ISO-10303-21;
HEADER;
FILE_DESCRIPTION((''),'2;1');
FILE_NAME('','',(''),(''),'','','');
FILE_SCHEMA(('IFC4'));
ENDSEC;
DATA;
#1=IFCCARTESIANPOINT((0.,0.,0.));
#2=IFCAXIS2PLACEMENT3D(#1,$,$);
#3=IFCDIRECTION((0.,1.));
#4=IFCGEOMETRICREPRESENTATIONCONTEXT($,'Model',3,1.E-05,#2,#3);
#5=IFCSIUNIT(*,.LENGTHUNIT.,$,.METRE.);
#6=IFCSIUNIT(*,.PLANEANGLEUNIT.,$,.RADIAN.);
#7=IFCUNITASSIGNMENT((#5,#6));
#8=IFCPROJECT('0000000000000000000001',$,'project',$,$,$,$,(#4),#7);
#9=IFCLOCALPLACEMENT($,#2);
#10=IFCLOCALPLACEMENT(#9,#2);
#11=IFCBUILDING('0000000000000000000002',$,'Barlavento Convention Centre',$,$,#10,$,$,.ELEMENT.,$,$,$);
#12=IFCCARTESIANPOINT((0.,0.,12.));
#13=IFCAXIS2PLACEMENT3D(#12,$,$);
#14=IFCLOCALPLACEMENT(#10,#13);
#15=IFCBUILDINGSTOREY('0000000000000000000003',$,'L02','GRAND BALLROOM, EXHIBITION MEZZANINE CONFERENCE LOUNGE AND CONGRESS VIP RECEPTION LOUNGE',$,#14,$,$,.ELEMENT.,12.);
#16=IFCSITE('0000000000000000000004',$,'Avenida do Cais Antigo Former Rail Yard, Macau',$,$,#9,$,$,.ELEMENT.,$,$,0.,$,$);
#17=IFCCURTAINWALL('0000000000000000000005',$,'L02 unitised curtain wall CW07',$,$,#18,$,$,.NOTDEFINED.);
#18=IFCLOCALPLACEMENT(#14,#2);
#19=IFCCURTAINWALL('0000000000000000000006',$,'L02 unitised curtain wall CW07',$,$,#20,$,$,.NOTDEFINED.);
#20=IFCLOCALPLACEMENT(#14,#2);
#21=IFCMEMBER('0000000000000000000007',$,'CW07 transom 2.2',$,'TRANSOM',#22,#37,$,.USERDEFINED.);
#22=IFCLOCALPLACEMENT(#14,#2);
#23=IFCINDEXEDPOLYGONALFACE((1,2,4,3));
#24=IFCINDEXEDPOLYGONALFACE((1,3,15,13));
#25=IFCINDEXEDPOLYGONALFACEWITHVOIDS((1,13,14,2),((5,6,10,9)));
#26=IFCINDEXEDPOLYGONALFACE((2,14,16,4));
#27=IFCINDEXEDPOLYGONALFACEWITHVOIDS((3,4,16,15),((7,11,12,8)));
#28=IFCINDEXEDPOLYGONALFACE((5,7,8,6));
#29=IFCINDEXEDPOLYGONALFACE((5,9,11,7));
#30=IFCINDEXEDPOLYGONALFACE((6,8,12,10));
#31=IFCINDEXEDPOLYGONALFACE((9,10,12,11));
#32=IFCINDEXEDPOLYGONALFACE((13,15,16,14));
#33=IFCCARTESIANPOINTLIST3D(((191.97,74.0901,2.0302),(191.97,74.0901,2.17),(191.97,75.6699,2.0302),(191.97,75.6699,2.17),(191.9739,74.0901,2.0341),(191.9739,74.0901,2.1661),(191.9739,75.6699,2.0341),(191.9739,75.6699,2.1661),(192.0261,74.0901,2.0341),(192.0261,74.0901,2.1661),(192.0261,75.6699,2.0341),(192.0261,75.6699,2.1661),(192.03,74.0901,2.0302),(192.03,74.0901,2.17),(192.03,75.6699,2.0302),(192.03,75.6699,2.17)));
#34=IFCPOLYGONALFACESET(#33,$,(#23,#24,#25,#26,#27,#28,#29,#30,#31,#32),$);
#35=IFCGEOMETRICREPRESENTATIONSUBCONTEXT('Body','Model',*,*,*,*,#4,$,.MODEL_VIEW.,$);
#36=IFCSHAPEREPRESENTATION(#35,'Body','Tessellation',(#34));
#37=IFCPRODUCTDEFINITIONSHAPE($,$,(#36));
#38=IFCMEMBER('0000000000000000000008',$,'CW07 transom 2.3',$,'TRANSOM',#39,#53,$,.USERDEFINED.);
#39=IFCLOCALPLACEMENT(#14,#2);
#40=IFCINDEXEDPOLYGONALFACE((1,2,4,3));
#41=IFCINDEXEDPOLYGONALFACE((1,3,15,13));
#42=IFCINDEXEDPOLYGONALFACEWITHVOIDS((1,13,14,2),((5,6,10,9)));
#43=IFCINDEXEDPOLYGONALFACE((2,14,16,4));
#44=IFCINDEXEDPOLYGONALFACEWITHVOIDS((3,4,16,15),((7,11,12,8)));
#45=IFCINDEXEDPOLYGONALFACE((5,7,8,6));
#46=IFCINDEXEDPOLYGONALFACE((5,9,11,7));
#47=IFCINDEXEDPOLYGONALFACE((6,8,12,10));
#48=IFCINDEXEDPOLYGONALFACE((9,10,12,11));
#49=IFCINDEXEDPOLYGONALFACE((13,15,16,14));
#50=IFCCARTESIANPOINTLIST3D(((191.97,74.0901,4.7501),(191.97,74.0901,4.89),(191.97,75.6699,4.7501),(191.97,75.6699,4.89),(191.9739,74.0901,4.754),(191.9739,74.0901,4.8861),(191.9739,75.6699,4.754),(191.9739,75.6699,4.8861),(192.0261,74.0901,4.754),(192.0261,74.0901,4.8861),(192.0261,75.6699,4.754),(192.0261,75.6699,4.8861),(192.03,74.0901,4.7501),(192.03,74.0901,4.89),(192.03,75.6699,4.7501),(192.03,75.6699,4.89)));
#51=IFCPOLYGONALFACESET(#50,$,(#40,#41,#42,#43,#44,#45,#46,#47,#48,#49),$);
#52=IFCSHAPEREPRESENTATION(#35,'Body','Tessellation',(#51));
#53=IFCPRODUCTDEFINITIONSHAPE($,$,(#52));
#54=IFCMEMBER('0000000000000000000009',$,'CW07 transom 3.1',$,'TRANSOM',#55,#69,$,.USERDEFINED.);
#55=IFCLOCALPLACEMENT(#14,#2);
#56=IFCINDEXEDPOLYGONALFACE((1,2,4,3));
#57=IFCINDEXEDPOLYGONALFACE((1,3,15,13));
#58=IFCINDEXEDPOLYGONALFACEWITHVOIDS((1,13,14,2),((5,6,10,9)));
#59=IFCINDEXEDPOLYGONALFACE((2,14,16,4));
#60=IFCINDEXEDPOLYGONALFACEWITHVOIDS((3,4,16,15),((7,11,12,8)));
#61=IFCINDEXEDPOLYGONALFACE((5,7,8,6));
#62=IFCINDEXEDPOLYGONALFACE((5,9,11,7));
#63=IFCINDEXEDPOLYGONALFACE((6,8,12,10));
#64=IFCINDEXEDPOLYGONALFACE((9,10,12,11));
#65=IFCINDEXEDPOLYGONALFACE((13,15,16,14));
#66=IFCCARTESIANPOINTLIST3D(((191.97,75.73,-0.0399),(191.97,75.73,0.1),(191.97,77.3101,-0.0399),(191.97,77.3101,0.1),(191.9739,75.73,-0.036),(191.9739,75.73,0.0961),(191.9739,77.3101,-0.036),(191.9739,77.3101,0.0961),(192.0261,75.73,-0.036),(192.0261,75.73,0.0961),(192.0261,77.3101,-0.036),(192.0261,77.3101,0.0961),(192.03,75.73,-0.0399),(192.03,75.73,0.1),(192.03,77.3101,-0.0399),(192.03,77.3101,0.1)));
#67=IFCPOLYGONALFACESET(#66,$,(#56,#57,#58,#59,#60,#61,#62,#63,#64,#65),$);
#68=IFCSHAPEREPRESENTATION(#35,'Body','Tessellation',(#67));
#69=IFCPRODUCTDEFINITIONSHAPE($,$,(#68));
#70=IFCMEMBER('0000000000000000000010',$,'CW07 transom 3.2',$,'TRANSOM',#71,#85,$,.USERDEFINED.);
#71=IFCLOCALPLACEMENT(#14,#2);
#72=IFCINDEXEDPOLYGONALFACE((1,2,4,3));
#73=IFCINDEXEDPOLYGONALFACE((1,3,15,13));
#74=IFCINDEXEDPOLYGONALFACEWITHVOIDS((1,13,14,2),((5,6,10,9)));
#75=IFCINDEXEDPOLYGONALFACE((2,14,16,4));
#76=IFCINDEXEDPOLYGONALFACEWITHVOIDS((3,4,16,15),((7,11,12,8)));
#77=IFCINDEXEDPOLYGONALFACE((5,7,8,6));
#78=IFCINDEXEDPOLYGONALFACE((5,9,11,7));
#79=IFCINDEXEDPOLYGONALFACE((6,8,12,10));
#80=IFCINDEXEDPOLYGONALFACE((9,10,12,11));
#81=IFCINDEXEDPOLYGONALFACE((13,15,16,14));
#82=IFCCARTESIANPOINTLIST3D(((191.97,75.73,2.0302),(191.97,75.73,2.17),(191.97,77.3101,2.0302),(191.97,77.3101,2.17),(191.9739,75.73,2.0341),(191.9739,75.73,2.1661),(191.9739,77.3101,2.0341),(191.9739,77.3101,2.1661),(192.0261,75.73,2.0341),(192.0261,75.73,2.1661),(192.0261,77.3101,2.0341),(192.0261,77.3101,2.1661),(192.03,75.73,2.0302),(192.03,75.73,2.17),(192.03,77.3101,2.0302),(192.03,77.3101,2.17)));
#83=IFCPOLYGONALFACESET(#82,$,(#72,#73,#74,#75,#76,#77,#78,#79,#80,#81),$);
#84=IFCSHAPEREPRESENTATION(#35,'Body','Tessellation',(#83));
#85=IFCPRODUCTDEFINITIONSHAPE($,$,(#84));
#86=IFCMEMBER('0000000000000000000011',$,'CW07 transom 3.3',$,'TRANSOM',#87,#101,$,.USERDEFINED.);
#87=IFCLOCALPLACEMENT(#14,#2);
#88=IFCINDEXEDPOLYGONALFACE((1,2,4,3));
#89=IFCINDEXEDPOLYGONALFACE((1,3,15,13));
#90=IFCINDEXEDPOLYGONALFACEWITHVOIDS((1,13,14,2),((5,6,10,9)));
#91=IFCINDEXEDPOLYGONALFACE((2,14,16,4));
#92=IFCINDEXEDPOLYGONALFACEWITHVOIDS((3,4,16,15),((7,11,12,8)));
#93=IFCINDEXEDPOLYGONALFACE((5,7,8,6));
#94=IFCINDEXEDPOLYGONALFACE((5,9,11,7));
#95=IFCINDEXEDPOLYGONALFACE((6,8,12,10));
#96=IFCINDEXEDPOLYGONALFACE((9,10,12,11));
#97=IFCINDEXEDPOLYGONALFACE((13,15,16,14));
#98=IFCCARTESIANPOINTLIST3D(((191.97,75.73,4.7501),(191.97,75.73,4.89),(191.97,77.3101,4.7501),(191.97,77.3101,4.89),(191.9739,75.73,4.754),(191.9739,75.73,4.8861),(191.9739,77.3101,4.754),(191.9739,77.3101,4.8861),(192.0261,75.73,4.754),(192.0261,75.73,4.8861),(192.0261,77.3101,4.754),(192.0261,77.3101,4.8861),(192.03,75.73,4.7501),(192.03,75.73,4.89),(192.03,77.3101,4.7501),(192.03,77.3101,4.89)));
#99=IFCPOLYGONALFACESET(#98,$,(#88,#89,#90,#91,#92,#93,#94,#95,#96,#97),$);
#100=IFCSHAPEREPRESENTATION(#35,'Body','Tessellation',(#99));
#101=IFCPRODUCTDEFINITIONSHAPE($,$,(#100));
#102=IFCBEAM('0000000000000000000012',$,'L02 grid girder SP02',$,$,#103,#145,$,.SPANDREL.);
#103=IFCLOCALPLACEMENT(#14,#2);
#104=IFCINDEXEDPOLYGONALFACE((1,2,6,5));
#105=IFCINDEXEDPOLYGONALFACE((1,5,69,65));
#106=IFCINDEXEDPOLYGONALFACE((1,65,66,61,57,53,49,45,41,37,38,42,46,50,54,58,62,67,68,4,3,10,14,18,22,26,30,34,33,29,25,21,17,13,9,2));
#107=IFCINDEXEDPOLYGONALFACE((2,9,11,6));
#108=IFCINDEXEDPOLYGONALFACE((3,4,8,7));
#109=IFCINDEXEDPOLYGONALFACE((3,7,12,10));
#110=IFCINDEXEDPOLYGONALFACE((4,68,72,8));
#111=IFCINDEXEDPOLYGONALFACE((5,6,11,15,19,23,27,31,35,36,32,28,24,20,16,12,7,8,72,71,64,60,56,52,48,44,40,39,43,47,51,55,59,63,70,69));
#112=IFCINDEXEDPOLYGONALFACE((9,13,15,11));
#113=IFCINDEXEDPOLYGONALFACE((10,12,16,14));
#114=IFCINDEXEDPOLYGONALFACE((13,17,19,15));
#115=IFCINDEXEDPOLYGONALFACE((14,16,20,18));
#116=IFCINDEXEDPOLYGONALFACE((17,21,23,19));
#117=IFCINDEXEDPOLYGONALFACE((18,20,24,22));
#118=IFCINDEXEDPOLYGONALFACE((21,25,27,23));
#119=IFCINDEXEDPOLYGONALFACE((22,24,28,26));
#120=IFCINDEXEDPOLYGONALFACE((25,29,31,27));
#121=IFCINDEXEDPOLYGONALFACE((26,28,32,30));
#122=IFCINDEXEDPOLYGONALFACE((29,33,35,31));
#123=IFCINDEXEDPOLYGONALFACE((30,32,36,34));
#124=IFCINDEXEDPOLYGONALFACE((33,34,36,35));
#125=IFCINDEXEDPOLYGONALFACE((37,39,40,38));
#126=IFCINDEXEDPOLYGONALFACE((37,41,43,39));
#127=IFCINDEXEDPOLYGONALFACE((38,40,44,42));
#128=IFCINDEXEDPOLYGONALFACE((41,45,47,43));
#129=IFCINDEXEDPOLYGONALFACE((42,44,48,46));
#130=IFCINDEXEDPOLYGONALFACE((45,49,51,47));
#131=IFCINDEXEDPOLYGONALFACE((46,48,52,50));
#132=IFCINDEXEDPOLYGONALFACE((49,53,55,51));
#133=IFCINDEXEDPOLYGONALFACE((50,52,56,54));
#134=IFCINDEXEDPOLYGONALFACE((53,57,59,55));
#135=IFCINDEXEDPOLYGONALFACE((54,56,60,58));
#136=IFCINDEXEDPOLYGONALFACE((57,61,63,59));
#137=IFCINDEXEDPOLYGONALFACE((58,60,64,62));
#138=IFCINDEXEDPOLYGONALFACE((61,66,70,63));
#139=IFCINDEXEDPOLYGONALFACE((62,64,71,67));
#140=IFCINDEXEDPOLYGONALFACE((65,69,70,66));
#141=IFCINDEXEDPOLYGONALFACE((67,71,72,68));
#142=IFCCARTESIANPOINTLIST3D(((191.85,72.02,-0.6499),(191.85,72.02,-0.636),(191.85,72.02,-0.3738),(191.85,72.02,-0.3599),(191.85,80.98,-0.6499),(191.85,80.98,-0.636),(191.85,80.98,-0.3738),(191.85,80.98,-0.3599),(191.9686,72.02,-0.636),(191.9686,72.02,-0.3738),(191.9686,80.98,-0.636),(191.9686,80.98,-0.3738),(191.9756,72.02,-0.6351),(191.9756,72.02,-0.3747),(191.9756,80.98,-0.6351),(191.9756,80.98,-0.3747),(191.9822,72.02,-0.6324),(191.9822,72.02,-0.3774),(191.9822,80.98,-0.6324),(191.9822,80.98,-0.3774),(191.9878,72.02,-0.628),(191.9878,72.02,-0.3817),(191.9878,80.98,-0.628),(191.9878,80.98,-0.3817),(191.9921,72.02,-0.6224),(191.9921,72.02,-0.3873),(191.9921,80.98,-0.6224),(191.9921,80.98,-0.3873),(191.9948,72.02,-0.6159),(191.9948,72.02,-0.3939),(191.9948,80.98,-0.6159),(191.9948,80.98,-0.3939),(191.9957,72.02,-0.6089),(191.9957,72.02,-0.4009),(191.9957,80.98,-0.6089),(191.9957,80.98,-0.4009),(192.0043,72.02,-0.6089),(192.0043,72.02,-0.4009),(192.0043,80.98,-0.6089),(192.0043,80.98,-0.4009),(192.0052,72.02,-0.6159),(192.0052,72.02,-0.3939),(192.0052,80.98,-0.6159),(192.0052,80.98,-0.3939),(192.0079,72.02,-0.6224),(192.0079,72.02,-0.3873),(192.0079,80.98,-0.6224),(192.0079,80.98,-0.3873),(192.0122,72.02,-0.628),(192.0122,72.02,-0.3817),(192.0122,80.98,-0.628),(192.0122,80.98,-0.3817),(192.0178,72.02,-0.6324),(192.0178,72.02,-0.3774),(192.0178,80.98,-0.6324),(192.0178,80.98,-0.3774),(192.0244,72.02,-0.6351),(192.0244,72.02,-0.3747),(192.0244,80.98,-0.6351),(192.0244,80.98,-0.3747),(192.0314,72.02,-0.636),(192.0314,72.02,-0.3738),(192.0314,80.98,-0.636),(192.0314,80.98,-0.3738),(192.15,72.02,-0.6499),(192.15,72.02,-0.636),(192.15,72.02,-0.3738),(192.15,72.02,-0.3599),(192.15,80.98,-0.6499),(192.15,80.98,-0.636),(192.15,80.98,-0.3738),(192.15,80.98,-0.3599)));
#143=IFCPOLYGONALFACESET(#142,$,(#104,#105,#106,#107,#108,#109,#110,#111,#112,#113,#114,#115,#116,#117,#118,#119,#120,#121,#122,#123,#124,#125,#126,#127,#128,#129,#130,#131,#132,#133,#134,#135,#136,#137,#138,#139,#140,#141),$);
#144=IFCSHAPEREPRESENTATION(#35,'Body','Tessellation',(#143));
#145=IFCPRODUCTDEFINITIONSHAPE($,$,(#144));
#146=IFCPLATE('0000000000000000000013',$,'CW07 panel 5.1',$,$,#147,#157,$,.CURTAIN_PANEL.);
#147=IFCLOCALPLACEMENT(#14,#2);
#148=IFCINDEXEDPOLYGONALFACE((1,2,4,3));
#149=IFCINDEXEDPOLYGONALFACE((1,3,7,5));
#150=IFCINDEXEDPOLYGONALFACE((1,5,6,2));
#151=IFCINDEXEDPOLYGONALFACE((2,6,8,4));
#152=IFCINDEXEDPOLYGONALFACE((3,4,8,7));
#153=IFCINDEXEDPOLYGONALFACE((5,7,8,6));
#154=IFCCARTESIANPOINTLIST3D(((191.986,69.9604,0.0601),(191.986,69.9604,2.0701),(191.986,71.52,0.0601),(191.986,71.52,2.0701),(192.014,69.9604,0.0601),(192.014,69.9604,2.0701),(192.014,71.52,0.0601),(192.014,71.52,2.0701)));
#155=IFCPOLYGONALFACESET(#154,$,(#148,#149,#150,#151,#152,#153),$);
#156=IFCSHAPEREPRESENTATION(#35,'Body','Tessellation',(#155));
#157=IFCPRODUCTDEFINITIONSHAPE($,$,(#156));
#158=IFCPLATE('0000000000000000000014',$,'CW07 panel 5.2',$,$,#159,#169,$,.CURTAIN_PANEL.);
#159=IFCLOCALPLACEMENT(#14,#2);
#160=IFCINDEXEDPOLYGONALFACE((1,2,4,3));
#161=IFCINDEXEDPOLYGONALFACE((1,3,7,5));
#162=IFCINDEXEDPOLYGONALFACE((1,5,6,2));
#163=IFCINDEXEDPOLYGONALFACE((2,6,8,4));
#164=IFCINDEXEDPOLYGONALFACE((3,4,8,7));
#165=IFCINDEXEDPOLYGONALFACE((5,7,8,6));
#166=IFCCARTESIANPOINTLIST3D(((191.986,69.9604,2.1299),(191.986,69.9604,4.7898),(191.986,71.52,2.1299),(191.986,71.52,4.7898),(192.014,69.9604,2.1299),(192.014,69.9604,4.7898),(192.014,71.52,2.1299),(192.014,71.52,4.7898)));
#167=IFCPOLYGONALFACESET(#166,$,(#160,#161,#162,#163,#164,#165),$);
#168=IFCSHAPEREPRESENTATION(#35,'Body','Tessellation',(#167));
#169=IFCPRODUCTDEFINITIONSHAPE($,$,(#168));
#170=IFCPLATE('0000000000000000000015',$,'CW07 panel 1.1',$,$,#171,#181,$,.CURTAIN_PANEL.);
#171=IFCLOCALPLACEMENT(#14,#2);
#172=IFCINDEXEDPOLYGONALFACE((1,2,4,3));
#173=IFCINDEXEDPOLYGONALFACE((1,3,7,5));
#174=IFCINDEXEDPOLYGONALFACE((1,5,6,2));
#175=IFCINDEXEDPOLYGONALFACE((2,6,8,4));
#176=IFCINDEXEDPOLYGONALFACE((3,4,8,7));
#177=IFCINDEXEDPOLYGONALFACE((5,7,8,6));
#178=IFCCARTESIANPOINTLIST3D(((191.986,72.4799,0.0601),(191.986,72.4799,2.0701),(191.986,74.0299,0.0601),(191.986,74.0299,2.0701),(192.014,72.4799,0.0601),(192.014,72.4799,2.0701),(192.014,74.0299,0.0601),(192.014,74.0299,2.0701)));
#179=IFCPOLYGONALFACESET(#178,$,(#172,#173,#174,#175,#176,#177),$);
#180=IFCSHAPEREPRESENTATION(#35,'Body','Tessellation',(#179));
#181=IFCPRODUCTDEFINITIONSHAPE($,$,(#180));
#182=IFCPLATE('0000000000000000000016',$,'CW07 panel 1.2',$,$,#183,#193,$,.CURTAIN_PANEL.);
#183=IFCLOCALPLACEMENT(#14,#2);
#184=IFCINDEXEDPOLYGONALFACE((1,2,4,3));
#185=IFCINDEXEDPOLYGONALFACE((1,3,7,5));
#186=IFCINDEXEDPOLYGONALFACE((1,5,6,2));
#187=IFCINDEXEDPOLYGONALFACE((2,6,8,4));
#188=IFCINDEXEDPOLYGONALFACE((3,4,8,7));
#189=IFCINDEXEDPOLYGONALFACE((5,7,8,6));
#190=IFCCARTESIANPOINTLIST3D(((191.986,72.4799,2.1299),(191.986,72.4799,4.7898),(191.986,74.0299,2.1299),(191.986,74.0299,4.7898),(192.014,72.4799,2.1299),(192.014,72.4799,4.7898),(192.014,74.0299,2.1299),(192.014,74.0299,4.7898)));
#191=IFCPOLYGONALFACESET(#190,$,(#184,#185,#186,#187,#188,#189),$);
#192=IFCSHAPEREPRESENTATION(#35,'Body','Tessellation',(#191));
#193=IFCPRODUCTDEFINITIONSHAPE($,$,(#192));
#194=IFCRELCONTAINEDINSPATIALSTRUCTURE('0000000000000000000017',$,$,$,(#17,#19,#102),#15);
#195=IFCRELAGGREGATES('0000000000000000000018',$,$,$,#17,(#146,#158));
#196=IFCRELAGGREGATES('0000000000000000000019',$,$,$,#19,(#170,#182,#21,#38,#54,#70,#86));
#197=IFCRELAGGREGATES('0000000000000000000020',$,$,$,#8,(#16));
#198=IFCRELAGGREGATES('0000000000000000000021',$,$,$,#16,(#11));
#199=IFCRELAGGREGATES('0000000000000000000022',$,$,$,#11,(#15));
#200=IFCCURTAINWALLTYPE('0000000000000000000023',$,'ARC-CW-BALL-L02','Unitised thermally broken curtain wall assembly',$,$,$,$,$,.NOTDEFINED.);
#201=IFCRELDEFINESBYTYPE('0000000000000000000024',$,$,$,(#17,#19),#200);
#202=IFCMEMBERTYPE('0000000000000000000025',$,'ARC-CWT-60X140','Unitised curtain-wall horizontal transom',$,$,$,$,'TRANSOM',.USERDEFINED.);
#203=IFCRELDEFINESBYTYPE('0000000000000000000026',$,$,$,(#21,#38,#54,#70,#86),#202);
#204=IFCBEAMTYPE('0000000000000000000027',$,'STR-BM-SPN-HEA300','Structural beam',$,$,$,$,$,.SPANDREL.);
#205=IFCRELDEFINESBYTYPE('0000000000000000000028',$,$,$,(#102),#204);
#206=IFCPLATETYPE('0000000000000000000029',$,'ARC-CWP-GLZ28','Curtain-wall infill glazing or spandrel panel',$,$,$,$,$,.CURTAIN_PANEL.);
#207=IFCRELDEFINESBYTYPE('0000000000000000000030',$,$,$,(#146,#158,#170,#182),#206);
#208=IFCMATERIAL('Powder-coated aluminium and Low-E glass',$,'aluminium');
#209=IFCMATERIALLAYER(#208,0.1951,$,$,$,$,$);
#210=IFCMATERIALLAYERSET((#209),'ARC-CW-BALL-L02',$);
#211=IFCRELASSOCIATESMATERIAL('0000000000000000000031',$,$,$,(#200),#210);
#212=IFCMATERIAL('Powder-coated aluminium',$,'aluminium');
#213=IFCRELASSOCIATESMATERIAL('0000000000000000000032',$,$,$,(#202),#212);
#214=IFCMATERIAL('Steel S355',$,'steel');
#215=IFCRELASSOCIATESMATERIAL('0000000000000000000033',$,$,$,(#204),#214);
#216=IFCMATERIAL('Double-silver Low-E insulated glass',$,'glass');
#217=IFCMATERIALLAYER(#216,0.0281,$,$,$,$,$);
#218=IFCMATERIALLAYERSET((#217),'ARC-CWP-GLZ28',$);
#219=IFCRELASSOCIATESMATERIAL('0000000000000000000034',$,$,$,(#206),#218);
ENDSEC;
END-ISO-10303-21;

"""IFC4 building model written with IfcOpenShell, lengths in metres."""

from ifc_helpers import new_model, si_unit, direction, frame, origin, origin_2d, place, context, subcontext, project, spatial, rectangle, hollow_rectangle, i_section, extrude, material, layer, layer_set, material_profile, profile_set, type_object, element, aggregate, save


model = new_model("IFC4")

# Units and contexts
model_context = context("Model", 3, precision=1e-05, world=origin(), true_north=direction((0.0, 1.0)))
body_context = subcontext(model_context, "Body", "Model", "MODEL_VIEW")
ifc_project = project(units=[si_unit("LENGTHUNIT", "METRE"), si_unit("PLANEANGLEUNIT", "RADIAN")], contexts=[model_context])

# Site, building, storey
site_placement = place(None, origin())
site = spatial("IfcSite", under=ifc_project, at=site_placement, Name="Avenida do Cais Antigo Former Rail Yard, Macau", CompositionType="ELEMENT", RefElevation=0.0)
building_placement = place(site_placement, origin())
building = spatial("IfcBuilding", under=site, at=building_placement, Name="Barlavento Convention Centre", CompositionType="ELEMENT")
storey_placement = place(building_placement, frame((0.0, 0.0, 12.0)))
storey = spatial("IfcBuildingStorey", under=building, at=storey_placement, Name="L02", Description="GRAND BALLROOM, EXHIBITION MEZZANINE CONFERENCE LOUNGE AND CONGRESS VIP RECEPTION LOUNGE", CompositionType="ELEMENT", Elevation=12.0)

# Curtain wall
ifc_material_1 = material(Name="Powder-coated aluminium and Low-E glass", Category="aluminium")
ifc_layer_1 = layer(ifc_material_1, 0.1951)
ifc_layer_set_1 = layer_set([ifc_layer_1], Name="ARC-CW-BALL-L02")
curtain_wall_type = type_object("IfcCurtainWallType", Name="ARC-CW-BALL-L02", Description="Unitised thermally broken curtain wall assembly", PredefinedType="NOTDEFINED", material=ifc_layer_set_1)
curtain_wall_1_placement = place(storey_placement, origin())
curtain_wall_1 = element("IfcCurtainWall", 1, at=curtain_wall_1_placement, inside=storey, type_object=curtain_wall_type, Name="L02 unitised curtain wall CW07", PredefinedType="NOTDEFINED")
ifc_material_2 = material(Name="Powder-coated aluminium", Category="aluminium")

# Curtain wall
curtain_wall_2_placement = place(storey_placement, origin())
curtain_wall_2 = element("IfcCurtainWall", 2, at=curtain_wall_2_placement, inside=storey, type_object=curtain_wall_type, Name="L02 unitised curtain wall CW07", PredefinedType="NOTDEFINED")

# Members
ifc_material_profile_1 = material_profile(ifc_material_2, hollow_rectangle(XDim=0.0601, YDim=0.1399, WallThickness=0.0039, at=origin_2d()), Name="AL-TRAN 60x140x4")
ifc_profile_set_1 = profile_set([ifc_material_profile_1], Name="Powder-coated aluminium")
member_type_1 = type_object("IfcMemberType", Name="ARC-CWT-60X140", Description="Unitised curtain-wall horizontal transom", ElementType="TRANSOM", PredefinedType="USERDEFINED", material=ifc_profile_set_1)
member_1_placement = place(storey_placement, frame((192.0, 74.0901, 2.1001), z_axis=(0.0, 1.0, 0.0), x_axis=(-1.0, 0.0, 0.0)))
member_1 = element("IfcMember", 3, at=member_1_placement, type_object=member_type_1, Name="CW07 transom 2.2", ObjectType="TRANSOM", PredefinedType="USERDEFINED", context=body_context, shape_type="SweptSolid", body=[
    extrude(hollow_rectangle(XDim=0.0601, YDim=0.1399, WallThickness=0.0039, at=origin_2d()), origin(), (0.0, 0.0, 1.0), 1.5798),
])
member_2_placement = place(storey_placement, frame((192.0, 74.0901, 4.8201), z_axis=(0.0, 1.0, 0.0), x_axis=(-1.0, 0.0, 0.0)))
member_2 = element("IfcMember", 4, at=member_2_placement, type_object=member_type_1, Name="CW07 transom 2.3", ObjectType="TRANSOM", PredefinedType="USERDEFINED", context=body_context, shape_type="SweptSolid", body=[
    extrude(hollow_rectangle(XDim=0.0601, YDim=0.1399, WallThickness=0.0039, at=origin_2d()), origin(), (0.0, 0.0, 1.0), 1.5798),
])
member_3_placement = place(storey_placement, frame((192.0, 75.73, 0.03), z_axis=(0.0, 1.0, 0.0), x_axis=(-1.0, 0.0, 0.0)))
member_3 = element("IfcMember", 5, at=member_3_placement, type_object=member_type_1, Name="CW07 transom 3.1", ObjectType="TRANSOM", PredefinedType="USERDEFINED", context=body_context, shape_type="SweptSolid", body=[
    extrude(hollow_rectangle(XDim=0.0601, YDim=0.1399, WallThickness=0.0039, at=origin_2d()), origin(), (0.0, 0.0, 1.0), 1.5801),
])
member_4_placement = place(storey_placement, frame((192.0, 75.73, 2.1001), z_axis=(0.0, 1.0, 0.0), x_axis=(-1.0, 0.0, 0.0)))
member_4 = element("IfcMember", 6, at=member_4_placement, type_object=member_type_1, Name="CW07 transom 3.2", ObjectType="TRANSOM", PredefinedType="USERDEFINED", context=body_context, shape_type="SweptSolid", body=[
    extrude(hollow_rectangle(XDim=0.0601, YDim=0.1399, WallThickness=0.0039, at=origin_2d()), origin(), (0.0, 0.0, 1.0), 1.5801),
])
member_5_placement = place(storey_placement, frame((192.0, 75.73, 4.8201), z_axis=(0.0, 1.0, 0.0), x_axis=(-1.0, 0.0, 0.0)))
member_5 = element("IfcMember", 7, at=member_5_placement, type_object=member_type_1, Name="CW07 transom 3.3", ObjectType="TRANSOM", PredefinedType="USERDEFINED", context=body_context, shape_type="SweptSolid", body=[
    extrude(hollow_rectangle(XDim=0.0601, YDim=0.1399, WallThickness=0.0039, at=origin_2d()), origin(), (0.0, 0.0, 1.0), 1.5801),
])

# Beam
ifc_material_3 = material(Name="Steel S355", Category="steel")
ifc_material_profile_2 = material_profile(ifc_material_3, i_section(OverallWidth=0.3, OverallDepth=0.29, WebThickness=0.0085, FlangeThickness=0.0139, FilletRadius=0.0271, at=origin_2d()), Name="HEA 300")
ifc_profile_set_2 = profile_set([ifc_material_profile_2], Name="Steel S355")
beam_type = type_object("IfcBeamType", Name="STR-BM-SPN-HEA300", Description="Structural beam", PredefinedType="SPANDREL", material=ifc_profile_set_2)
beam_placement = place(storey_placement, frame((192.0, 72.02, -0.5049), z_axis=(0.0, 1.0, 0.0), x_axis=(-1.0, 0.0, 0.0)))
element("IfcBeam", 8, at=beam_placement, inside=storey, type_object=beam_type, Name="L02 grid girder SP02", PredefinedType="SPANDREL", context=body_context, shape_type="SweptSolid", body=[
    extrude(i_section(OverallWidth=0.3, OverallDepth=0.29, WebThickness=0.0085, FlangeThickness=0.0139, FilletRadius=0.0271, at=origin_2d()), origin(), (0.0, 0.0, 1.0), 8.96),
])

# Plates
ifc_material_4 = material(Name="Double-silver Low-E insulated glass", Category="glass")
ifc_layer_2 = layer(ifc_material_4, 0.0281)
ifc_layer_set_2 = layer_set([ifc_layer_2], Name="ARC-CWP-GLZ28")
plate_type = type_object("IfcPlateType", Name="ARC-CWP-GLZ28", Description="Curtain-wall infill glazing or spandrel panel", PredefinedType="CURTAIN_PANEL", material=ifc_layer_set_2)
plate_1_placement = place(storey_placement, frame((192.0, 70.7402, 0.0601), z_axis=(0.0, 0.0, 1.0), x_axis=(0.0, 1.0, 0.0)))
plate_1 = element("IfcPlate", 9, at=plate_1_placement, type_object=plate_type, Name="CW07 panel 5.1", PredefinedType="CURTAIN_PANEL", context=body_context, shape_type="SweptSolid", body=[
    extrude(rectangle(XDim=1.5596, YDim=0.0281, at=origin_2d()), origin(), (0.0, 0.0, 1.0), 2.01),
])
plate_2_placement = place(storey_placement, frame((192.0, 70.7402, 2.1299), z_axis=(0.0, 0.0, 1.0), x_axis=(0.0, 1.0, 0.0)))
plate_2 = element("IfcPlate", 10, at=plate_2_placement, type_object=plate_type, Name="CW07 panel 5.2", PredefinedType="CURTAIN_PANEL", context=body_context, shape_type="SweptSolid", body=[
    extrude(rectangle(XDim=1.5596, YDim=0.0281, at=origin_2d()), origin(), (0.0, 0.0, 1.0), 2.6599),
])
aggregate(curtain_wall_1, [plate_1, plate_2])
plate_3_placement = place(storey_placement, frame((192.0, 73.2549, 0.0601), z_axis=(0.0, 0.0, 1.0), x_axis=(0.0, 1.0, 0.0)))
plate_3 = element("IfcPlate", 11, at=plate_3_placement, type_object=plate_type, Name="CW07 panel 1.1", PredefinedType="CURTAIN_PANEL", context=body_context, shape_type="SweptSolid", body=[
    extrude(rectangle(XDim=1.55, YDim=0.0281, at=origin_2d()), origin(), (0.0, 0.0, 1.0), 2.01),
])
plate_4_placement = place(storey_placement, frame((192.0, 73.2549, 2.1299), z_axis=(0.0, 0.0, 1.0), x_axis=(0.0, 1.0, 0.0)))
plate_4 = element("IfcPlate", 12, at=plate_4_placement, type_object=plate_type, Name="CW07 panel 1.2", PredefinedType="CURTAIN_PANEL", context=body_context, shape_type="SweptSolid", body=[
    extrude(rectangle(XDim=1.55, YDim=0.0281, at=origin_2d()), origin(), (0.0, 0.0, 1.0), 2.6599),
])
aggregate(curtain_wall_2, [plate_3, plate_4, member_1, member_2, member_3, member_4, member_5])

save(model, "model.ifc")
